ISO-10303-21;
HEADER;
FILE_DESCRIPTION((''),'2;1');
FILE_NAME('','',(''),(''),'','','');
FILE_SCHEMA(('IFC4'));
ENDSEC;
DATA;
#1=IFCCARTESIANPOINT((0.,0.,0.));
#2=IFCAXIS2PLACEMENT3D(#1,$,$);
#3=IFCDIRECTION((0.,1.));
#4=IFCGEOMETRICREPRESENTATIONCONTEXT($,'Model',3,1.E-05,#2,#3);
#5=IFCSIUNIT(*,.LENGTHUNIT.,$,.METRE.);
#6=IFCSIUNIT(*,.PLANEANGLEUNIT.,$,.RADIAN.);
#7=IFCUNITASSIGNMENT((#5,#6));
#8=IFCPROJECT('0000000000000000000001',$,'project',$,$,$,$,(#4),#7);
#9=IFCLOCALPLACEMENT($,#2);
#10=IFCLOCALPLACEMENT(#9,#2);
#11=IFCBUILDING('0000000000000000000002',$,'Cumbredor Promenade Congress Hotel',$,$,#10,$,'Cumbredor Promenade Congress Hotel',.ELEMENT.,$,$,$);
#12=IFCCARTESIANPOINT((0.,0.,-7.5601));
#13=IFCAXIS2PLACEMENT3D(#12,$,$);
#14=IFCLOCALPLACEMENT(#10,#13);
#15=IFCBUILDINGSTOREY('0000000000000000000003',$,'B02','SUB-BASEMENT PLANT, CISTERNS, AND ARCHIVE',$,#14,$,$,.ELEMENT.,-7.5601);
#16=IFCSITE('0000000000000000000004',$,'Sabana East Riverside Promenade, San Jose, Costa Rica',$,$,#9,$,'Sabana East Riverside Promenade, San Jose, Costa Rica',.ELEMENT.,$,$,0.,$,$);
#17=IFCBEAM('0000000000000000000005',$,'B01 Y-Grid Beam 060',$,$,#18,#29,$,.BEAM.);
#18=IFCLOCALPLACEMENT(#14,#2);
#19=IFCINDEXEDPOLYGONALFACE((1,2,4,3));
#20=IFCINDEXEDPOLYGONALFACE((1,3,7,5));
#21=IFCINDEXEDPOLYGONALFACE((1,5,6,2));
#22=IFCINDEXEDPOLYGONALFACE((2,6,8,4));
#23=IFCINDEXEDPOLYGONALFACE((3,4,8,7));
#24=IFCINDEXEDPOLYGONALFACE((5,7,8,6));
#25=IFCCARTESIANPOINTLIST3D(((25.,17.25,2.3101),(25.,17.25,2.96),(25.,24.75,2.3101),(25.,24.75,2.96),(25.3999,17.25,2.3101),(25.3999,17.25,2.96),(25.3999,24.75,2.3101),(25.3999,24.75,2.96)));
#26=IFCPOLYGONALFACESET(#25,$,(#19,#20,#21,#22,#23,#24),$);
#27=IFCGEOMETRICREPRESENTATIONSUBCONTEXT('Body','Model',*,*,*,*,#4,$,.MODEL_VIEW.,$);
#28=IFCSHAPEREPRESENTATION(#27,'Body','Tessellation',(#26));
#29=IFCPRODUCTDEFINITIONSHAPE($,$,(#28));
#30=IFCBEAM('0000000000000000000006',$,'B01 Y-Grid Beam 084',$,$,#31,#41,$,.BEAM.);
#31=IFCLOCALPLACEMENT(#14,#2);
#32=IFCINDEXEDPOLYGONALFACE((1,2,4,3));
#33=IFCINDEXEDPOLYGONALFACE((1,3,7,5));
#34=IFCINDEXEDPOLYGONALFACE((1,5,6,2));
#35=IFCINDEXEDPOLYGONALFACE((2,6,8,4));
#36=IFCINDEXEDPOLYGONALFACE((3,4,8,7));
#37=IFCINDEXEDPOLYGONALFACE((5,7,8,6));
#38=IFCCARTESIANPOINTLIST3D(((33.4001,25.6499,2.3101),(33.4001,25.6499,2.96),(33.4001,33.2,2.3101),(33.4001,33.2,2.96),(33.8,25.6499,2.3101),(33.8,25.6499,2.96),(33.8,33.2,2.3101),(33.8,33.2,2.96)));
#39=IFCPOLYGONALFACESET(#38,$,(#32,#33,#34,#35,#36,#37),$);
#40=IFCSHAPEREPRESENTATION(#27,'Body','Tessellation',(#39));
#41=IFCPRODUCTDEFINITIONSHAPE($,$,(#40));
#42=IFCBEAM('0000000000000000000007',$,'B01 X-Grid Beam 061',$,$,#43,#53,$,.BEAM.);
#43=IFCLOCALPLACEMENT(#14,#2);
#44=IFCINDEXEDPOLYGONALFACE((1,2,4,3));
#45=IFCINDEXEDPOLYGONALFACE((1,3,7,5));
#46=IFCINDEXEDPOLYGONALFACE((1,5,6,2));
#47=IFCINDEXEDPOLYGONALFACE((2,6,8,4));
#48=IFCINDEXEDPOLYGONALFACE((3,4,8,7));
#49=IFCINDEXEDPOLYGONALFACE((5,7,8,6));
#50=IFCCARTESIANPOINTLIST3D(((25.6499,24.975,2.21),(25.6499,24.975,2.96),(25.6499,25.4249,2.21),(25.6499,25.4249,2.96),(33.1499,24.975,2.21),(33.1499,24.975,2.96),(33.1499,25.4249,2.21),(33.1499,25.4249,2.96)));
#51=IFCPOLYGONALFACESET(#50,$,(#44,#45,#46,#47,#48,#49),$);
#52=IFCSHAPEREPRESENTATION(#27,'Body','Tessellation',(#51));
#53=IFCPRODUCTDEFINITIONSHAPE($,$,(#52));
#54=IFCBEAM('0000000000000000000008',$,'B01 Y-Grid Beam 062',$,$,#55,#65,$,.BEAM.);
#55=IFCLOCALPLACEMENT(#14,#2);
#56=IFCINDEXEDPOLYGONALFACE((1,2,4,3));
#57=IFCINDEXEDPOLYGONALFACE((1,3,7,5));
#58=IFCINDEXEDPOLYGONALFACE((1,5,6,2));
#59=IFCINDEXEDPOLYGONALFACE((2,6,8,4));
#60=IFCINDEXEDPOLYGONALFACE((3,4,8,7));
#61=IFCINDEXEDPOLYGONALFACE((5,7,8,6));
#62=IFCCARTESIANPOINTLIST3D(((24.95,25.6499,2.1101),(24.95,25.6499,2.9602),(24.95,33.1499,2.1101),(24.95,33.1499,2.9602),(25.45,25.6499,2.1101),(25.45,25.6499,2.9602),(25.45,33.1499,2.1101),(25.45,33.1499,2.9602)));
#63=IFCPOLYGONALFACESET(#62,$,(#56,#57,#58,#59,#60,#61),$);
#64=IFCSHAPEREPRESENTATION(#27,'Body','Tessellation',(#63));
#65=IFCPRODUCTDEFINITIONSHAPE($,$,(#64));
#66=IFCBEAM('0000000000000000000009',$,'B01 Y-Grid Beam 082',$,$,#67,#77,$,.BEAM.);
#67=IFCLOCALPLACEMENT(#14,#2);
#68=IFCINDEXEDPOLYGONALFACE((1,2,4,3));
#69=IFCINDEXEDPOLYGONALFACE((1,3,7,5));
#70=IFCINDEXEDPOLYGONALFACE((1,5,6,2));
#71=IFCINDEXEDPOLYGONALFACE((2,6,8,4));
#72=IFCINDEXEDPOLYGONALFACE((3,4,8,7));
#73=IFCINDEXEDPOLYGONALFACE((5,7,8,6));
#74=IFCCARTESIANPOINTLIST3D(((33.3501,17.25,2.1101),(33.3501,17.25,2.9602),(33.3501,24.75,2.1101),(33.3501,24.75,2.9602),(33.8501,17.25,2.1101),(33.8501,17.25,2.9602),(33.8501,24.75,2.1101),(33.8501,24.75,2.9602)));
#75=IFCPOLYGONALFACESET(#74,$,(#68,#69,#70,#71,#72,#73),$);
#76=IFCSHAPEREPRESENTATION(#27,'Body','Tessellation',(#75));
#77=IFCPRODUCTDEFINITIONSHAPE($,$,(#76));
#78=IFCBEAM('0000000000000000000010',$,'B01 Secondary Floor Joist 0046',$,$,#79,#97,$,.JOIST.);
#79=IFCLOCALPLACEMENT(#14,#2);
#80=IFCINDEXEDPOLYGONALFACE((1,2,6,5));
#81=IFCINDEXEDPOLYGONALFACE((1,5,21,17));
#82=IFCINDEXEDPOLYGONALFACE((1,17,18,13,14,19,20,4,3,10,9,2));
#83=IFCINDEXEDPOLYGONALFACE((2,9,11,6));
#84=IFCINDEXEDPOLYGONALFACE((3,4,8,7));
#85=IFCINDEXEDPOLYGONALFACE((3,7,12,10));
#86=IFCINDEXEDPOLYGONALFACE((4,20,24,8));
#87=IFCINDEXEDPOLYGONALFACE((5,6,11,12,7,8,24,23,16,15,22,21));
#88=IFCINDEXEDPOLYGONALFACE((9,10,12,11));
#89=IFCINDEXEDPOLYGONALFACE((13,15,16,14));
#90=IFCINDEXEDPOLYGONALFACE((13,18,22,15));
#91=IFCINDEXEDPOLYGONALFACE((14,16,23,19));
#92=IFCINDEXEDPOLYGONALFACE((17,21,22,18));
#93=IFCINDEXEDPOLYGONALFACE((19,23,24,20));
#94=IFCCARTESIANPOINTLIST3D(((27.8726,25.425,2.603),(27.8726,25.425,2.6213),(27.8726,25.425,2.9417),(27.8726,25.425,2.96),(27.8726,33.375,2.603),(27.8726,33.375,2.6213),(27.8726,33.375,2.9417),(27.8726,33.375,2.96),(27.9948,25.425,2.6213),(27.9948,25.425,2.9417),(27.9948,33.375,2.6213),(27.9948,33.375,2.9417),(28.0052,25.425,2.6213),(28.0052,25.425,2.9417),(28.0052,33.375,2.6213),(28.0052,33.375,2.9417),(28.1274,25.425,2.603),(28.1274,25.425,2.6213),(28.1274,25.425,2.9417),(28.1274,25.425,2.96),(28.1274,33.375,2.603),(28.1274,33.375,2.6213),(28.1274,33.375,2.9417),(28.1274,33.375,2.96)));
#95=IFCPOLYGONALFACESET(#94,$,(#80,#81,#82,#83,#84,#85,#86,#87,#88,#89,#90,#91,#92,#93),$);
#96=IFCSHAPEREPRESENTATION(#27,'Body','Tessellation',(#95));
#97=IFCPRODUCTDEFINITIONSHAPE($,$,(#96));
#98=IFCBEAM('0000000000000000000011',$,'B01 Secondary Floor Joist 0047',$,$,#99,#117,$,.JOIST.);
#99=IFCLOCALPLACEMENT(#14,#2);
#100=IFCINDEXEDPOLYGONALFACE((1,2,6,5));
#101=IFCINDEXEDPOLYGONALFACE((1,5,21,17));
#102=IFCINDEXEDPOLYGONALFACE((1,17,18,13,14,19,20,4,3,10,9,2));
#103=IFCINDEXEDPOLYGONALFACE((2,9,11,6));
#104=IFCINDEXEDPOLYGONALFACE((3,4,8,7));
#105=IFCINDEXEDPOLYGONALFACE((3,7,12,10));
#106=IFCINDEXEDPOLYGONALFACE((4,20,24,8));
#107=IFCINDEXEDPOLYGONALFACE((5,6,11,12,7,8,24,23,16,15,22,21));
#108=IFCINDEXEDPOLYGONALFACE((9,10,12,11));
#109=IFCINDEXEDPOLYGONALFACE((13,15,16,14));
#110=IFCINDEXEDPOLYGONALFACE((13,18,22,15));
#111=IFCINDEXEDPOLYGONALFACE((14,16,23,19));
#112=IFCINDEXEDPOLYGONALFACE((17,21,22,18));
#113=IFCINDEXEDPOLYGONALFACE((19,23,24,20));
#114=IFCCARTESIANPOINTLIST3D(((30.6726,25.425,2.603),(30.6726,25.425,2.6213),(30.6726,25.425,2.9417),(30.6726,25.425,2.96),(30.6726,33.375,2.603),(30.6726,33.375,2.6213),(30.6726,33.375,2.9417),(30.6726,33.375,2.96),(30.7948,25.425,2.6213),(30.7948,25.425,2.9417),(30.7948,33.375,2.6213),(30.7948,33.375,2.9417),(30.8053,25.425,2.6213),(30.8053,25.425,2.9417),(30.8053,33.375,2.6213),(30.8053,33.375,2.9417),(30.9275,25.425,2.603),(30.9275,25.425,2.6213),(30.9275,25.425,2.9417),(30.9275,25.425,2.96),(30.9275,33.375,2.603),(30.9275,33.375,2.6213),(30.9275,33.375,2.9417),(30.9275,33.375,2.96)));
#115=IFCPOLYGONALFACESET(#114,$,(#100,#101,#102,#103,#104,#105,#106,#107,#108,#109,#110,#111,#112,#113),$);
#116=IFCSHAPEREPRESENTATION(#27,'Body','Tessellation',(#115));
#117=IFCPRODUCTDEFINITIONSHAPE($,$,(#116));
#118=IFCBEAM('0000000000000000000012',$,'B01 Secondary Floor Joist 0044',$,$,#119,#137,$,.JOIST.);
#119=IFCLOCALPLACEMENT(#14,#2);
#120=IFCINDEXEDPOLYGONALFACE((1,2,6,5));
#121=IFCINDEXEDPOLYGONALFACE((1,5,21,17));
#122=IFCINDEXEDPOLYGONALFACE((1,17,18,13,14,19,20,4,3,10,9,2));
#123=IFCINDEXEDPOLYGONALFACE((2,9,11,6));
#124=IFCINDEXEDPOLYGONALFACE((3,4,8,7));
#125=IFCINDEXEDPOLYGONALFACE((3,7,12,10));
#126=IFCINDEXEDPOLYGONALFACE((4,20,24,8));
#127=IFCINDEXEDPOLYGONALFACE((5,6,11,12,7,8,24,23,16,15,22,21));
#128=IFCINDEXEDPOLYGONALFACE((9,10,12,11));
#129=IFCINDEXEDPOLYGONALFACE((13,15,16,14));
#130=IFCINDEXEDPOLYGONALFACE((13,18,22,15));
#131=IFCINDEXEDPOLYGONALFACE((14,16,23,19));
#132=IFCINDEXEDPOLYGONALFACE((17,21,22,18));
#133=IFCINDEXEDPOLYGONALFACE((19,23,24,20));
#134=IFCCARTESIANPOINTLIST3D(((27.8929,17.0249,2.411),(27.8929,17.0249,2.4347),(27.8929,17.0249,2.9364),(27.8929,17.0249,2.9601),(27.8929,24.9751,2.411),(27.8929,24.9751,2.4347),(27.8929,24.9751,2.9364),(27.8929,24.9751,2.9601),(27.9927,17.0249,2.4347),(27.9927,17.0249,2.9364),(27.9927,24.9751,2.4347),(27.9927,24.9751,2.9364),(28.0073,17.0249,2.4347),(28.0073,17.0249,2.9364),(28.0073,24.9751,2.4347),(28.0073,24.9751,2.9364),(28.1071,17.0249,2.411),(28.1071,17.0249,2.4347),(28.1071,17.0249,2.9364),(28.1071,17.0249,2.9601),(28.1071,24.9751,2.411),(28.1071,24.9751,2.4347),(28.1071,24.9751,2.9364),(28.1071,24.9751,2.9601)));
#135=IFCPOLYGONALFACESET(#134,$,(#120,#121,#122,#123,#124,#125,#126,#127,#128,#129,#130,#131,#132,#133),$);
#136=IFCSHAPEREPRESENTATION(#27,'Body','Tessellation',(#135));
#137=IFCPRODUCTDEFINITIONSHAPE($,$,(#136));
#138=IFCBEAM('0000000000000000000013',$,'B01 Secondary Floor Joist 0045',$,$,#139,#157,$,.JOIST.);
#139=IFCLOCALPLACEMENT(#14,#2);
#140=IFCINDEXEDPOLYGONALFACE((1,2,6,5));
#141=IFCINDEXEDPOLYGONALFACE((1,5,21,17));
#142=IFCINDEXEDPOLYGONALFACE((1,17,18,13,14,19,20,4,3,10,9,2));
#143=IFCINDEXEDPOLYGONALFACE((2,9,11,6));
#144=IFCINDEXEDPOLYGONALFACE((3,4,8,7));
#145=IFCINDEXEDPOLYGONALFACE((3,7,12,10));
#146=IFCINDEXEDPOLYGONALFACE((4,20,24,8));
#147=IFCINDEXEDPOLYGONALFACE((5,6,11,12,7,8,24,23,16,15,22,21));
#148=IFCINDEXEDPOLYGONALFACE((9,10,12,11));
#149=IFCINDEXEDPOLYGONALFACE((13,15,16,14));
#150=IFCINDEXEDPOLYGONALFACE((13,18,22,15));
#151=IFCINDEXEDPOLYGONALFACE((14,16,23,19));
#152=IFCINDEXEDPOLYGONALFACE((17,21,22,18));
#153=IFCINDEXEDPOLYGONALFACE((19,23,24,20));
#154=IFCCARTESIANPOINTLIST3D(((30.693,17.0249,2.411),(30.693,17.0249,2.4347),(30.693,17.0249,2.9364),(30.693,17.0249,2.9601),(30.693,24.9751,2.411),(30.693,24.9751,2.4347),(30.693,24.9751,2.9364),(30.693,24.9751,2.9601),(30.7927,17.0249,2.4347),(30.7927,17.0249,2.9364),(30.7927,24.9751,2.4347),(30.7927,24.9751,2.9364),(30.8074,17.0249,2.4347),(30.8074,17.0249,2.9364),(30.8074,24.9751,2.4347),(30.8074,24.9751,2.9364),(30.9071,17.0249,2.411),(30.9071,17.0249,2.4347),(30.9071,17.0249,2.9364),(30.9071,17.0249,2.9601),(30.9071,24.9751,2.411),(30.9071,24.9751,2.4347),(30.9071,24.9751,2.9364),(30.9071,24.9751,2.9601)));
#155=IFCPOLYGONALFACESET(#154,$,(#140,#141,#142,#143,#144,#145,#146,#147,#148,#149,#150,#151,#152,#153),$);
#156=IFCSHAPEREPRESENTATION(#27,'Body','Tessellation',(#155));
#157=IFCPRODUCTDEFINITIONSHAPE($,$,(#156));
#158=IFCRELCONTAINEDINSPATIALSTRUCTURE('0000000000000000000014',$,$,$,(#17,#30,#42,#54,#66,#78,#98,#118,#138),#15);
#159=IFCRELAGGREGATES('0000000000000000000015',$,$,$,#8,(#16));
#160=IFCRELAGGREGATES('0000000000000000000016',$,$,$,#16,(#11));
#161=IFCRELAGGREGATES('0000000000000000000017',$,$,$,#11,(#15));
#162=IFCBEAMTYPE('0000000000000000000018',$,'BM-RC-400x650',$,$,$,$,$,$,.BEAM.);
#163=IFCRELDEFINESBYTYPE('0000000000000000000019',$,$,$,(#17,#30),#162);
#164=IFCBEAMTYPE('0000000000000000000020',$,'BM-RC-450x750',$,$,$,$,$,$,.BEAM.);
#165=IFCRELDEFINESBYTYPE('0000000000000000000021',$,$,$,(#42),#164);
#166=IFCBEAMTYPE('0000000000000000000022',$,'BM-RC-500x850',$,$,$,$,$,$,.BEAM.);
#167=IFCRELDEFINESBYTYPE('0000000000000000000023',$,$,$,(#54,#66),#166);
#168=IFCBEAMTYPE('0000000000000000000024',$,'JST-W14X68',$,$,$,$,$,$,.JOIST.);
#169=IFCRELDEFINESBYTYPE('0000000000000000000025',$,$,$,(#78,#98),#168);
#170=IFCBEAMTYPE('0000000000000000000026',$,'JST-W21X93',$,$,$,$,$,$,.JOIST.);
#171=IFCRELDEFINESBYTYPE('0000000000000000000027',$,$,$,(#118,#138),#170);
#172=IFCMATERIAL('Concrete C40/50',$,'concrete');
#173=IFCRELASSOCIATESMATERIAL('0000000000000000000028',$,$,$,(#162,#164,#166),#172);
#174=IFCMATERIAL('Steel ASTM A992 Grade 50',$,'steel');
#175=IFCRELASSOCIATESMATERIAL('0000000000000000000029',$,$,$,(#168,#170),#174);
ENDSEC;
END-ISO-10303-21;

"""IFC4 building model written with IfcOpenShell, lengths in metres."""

from ifc_helpers import new_model, si_unit, direction, frame, origin, origin_2d, place, context, subcontext, project, spatial, rectangle, i_section, extrude, material, material_profile, profile_set, type_object, element, save


model = new_model("IFC4")

# Units and contexts
model_context = context("Model", 3, precision=1e-05, world=origin(), true_north=direction((0.0, 1.0)))
body_context = subcontext(model_context, "Body", "Model", "MODEL_VIEW")
ifc_project = project(units=[si_unit("LENGTHUNIT", "METRE"), si_unit("PLANEANGLEUNIT", "RADIAN")], contexts=[model_context])

# Site, building, storey
site_placement = place(None, origin())
site = spatial("IfcSite", under=ifc_project, at=site_placement, Name="Sabana East Riverside Promenade, San Jose, Costa Rica", LongName="Sabana East Riverside Promenade, San Jose, Costa Rica", CompositionType="ELEMENT", RefElevation=0.0)
building_placement = place(site_placement, origin())
building = spatial("IfcBuilding", under=site, at=building_placement, Name="Cumbredor Promenade Congress Hotel", LongName="Cumbredor Promenade Congress Hotel", CompositionType="ELEMENT")
storey_placement = place(building_placement, frame((0.0, 0.0, -7.5601)))
storey = spatial("IfcBuildingStorey", under=building, at=storey_placement, Name="B02", Description="SUB-BASEMENT PLANT, CISTERNS, AND ARCHIVE", CompositionType="ELEMENT", Elevation=-7.5601)

# Shared definitions
ifc_material_1 = material(Name="Concrete C40/50", Category="concrete")

# Beams
ifc_material_profile_1 = material_profile(ifc_material_1, rectangle(XDim=0.3999, YDim=0.6499, at=origin_2d()), Name="RC BEAM 400x650")
ifc_profile_set_1 = profile_set([ifc_material_profile_1], Name="Concrete C40/50")
beam_type_1 = type_object("IfcBeamType", Name="BM-RC-400x650", PredefinedType="BEAM", material=ifc_profile_set_1)
beam_1_placement = place(storey_placement, frame((25.2, 17.25, 2.635), z_axis=(0.0, 1.0, 0.0), x_axis=(-1.0, 0.0, 0.0)))
element("IfcBeam", 1, at=beam_1_placement, inside=storey, type_object=beam_type_1, Name="B01 Y-Grid Beam 060", PredefinedType="BEAM", context=body_context, shape_type="SweptSolid", body=[
    extrude(rectangle(XDim=0.3999, YDim=0.6499, at=origin_2d()), origin(), (0.0, 0.0, 1.0), 7.5),
])
beam_2_placement = place(storey_placement, frame((33.6001, 25.6499, 2.635), z_axis=(0.0, 1.0, 0.0), x_axis=(-1.0, 0.0, 0.0)))
element("IfcBeam", 2, at=beam_2_placement, inside=storey, type_object=beam_type_1, Name="B01 Y-Grid Beam 084", PredefinedType="BEAM", context=body_context, shape_type="SweptSolid", body=[
    extrude(rectangle(XDim=0.3999, YDim=0.6499, at=origin_2d()), origin(), (0.0, 0.0, 1.0), 7.55),
])
ifc_material_profile_2 = material_profile(ifc_material_1, rectangle(XDim=0.45, YDim=0.75, at=origin_2d()), Name="RC BEAM 450x750")
ifc_profile_set_2 = profile_set([ifc_material_profile_2], Name="Concrete C40/50")
beam_type_2 = type_object("IfcBeamType", Name="BM-RC-450x750", PredefinedType="BEAM", material=ifc_profile_set_2)
beam_3_placement = place(storey_placement, frame((25.6499, 25.2, 2.585), z_axis=(1.0, 0.0, 0.0), x_axis=(0.0, 1.0, 0.0)))
element("IfcBeam", 3, at=beam_3_placement, inside=storey, type_object=beam_type_2, Name="B01 X-Grid Beam 061", PredefinedType="BEAM", context=body_context, shape_type="SweptSolid", body=[
    extrude(rectangle(XDim=0.45, YDim=0.75, at=origin_2d()), origin(), (0.0, 0.0, 1.0), 7.5),
])
ifc_material_profile_3 = material_profile(ifc_material_1, rectangle(XDim=0.5, YDim=0.8501, at=origin_2d()), Name="RC BEAM 500x850")
ifc_profile_set_3 = profile_set([ifc_material_profile_3], Name="Concrete C40/50")
beam_type_3 = type_object("IfcBeamType", Name="BM-RC-500x850", PredefinedType="BEAM", material=ifc_profile_set_3)
for number, where, z_axis, x_axis, name in (
    (4, (25.2, 25.6499, 2.5352), (0.0, 1.0, 0.0), (-1.0, 0.0, 0.0), "B01 Y-Grid Beam 062"),
    (5, (33.6001, 17.25, 2.5352), (0.0, 1.0, 0.0), (-1.0, 0.0, 0.0), "B01 Y-Grid Beam 082"),
):
    element("IfcBeam", number, at=place(storey_placement, frame(where, z_axis=z_axis, x_axis=x_axis)), inside=storey, type_object=beam_type_3, Name=name, PredefinedType="BEAM", context=body_context, shape_type="SweptSolid", body=[
        extrude(rectangle(XDim=0.5, YDim=0.8501, at=origin_2d()), origin(), (0.0, 0.0, 1.0), 7.5),
    ])
ifc_material_2 = material(Name="Steel ASTM A992 Grade 50", Category="steel")
ifc_material_profile_4 = material_profile(ifc_material_2, i_section(OverallWidth=0.2549, OverallDepth=0.3569, WebThickness=0.0105, FlangeThickness=0.0183, at=origin_2d()), Name="W14X68")
ifc_profile_set_4 = profile_set([ifc_material_profile_4], Name="Steel ASTM A992 Grade 50")
beam_type_4 = type_object("IfcBeamType", Name="JST-W14X68", PredefinedType="JOIST", material=ifc_profile_set_4)
for number, where, z_axis, x_axis, name in (
    (6, (28.0, 25.425, 2.7815), (0.0, 1.0, 0.0), (-1.0, 0.0, 0.0), "B01 Secondary Floor Joist 0046"),
    (7, (30.8, 25.425, 2.7815), (0.0, 1.0, 0.0), (-1.0, 0.0, 0.0), "B01 Secondary Floor Joist 0047"),
):
    element("IfcBeam", number, at=place(storey_placement, frame(where, z_axis=z_axis, x_axis=x_axis)), inside=storey, type_object=beam_type_4, Name=name, PredefinedType="JOIST", context=body_context, shape_type="SweptSolid", body=[
        extrude(i_section(OverallWidth=0.2549, OverallDepth=0.3569, WebThickness=0.0105, FlangeThickness=0.0183, at=origin_2d()), origin(), (0.0, 0.0, 1.0), 7.95),
    ])
ifc_material_profile_5 = material_profile(ifc_material_2, i_section(OverallWidth=0.2141, OverallDepth=0.5491, WebThickness=0.0146, FlangeThickness=0.0237, at=origin_2d()), Name="W21X93")
ifc_profile_set_5 = profile_set([ifc_material_profile_5], Name="Steel ASTM A992 Grade 50")
beam_type_5 = type_object("IfcBeamType", Name="JST-W21X93", PredefinedType="JOIST", material=ifc_profile_set_5)
for number, where, z_axis, x_axis, name in (
    (8, (28.0, 17.0249, 2.6855), (0.0, 1.0, 0.0), (-1.0, 0.0, 0.0), "B01 Secondary Floor Joist 0044"),
    (9, (30.8, 17.0249, 2.6855), (0.0, 1.0, 0.0), (-1.0, 0.0, 0.0), "B01 Secondary Floor Joist 0045"),
):
    element("IfcBeam", number, at=place(storey_placement, frame(where, z_axis=z_axis, x_axis=x_axis)), inside=storey, type_object=beam_type_5, Name=name, PredefinedType="JOIST", context=body_context, shape_type="SweptSolid", body=[
        extrude(i_section(OverallWidth=0.2141, OverallDepth=0.5491, WebThickness=0.0146, FlangeThickness=0.0237, at=origin_2d()), origin(), (0.0, 0.0, 1.0), 7.9502),
    ])

save(model, "model.ifc")
